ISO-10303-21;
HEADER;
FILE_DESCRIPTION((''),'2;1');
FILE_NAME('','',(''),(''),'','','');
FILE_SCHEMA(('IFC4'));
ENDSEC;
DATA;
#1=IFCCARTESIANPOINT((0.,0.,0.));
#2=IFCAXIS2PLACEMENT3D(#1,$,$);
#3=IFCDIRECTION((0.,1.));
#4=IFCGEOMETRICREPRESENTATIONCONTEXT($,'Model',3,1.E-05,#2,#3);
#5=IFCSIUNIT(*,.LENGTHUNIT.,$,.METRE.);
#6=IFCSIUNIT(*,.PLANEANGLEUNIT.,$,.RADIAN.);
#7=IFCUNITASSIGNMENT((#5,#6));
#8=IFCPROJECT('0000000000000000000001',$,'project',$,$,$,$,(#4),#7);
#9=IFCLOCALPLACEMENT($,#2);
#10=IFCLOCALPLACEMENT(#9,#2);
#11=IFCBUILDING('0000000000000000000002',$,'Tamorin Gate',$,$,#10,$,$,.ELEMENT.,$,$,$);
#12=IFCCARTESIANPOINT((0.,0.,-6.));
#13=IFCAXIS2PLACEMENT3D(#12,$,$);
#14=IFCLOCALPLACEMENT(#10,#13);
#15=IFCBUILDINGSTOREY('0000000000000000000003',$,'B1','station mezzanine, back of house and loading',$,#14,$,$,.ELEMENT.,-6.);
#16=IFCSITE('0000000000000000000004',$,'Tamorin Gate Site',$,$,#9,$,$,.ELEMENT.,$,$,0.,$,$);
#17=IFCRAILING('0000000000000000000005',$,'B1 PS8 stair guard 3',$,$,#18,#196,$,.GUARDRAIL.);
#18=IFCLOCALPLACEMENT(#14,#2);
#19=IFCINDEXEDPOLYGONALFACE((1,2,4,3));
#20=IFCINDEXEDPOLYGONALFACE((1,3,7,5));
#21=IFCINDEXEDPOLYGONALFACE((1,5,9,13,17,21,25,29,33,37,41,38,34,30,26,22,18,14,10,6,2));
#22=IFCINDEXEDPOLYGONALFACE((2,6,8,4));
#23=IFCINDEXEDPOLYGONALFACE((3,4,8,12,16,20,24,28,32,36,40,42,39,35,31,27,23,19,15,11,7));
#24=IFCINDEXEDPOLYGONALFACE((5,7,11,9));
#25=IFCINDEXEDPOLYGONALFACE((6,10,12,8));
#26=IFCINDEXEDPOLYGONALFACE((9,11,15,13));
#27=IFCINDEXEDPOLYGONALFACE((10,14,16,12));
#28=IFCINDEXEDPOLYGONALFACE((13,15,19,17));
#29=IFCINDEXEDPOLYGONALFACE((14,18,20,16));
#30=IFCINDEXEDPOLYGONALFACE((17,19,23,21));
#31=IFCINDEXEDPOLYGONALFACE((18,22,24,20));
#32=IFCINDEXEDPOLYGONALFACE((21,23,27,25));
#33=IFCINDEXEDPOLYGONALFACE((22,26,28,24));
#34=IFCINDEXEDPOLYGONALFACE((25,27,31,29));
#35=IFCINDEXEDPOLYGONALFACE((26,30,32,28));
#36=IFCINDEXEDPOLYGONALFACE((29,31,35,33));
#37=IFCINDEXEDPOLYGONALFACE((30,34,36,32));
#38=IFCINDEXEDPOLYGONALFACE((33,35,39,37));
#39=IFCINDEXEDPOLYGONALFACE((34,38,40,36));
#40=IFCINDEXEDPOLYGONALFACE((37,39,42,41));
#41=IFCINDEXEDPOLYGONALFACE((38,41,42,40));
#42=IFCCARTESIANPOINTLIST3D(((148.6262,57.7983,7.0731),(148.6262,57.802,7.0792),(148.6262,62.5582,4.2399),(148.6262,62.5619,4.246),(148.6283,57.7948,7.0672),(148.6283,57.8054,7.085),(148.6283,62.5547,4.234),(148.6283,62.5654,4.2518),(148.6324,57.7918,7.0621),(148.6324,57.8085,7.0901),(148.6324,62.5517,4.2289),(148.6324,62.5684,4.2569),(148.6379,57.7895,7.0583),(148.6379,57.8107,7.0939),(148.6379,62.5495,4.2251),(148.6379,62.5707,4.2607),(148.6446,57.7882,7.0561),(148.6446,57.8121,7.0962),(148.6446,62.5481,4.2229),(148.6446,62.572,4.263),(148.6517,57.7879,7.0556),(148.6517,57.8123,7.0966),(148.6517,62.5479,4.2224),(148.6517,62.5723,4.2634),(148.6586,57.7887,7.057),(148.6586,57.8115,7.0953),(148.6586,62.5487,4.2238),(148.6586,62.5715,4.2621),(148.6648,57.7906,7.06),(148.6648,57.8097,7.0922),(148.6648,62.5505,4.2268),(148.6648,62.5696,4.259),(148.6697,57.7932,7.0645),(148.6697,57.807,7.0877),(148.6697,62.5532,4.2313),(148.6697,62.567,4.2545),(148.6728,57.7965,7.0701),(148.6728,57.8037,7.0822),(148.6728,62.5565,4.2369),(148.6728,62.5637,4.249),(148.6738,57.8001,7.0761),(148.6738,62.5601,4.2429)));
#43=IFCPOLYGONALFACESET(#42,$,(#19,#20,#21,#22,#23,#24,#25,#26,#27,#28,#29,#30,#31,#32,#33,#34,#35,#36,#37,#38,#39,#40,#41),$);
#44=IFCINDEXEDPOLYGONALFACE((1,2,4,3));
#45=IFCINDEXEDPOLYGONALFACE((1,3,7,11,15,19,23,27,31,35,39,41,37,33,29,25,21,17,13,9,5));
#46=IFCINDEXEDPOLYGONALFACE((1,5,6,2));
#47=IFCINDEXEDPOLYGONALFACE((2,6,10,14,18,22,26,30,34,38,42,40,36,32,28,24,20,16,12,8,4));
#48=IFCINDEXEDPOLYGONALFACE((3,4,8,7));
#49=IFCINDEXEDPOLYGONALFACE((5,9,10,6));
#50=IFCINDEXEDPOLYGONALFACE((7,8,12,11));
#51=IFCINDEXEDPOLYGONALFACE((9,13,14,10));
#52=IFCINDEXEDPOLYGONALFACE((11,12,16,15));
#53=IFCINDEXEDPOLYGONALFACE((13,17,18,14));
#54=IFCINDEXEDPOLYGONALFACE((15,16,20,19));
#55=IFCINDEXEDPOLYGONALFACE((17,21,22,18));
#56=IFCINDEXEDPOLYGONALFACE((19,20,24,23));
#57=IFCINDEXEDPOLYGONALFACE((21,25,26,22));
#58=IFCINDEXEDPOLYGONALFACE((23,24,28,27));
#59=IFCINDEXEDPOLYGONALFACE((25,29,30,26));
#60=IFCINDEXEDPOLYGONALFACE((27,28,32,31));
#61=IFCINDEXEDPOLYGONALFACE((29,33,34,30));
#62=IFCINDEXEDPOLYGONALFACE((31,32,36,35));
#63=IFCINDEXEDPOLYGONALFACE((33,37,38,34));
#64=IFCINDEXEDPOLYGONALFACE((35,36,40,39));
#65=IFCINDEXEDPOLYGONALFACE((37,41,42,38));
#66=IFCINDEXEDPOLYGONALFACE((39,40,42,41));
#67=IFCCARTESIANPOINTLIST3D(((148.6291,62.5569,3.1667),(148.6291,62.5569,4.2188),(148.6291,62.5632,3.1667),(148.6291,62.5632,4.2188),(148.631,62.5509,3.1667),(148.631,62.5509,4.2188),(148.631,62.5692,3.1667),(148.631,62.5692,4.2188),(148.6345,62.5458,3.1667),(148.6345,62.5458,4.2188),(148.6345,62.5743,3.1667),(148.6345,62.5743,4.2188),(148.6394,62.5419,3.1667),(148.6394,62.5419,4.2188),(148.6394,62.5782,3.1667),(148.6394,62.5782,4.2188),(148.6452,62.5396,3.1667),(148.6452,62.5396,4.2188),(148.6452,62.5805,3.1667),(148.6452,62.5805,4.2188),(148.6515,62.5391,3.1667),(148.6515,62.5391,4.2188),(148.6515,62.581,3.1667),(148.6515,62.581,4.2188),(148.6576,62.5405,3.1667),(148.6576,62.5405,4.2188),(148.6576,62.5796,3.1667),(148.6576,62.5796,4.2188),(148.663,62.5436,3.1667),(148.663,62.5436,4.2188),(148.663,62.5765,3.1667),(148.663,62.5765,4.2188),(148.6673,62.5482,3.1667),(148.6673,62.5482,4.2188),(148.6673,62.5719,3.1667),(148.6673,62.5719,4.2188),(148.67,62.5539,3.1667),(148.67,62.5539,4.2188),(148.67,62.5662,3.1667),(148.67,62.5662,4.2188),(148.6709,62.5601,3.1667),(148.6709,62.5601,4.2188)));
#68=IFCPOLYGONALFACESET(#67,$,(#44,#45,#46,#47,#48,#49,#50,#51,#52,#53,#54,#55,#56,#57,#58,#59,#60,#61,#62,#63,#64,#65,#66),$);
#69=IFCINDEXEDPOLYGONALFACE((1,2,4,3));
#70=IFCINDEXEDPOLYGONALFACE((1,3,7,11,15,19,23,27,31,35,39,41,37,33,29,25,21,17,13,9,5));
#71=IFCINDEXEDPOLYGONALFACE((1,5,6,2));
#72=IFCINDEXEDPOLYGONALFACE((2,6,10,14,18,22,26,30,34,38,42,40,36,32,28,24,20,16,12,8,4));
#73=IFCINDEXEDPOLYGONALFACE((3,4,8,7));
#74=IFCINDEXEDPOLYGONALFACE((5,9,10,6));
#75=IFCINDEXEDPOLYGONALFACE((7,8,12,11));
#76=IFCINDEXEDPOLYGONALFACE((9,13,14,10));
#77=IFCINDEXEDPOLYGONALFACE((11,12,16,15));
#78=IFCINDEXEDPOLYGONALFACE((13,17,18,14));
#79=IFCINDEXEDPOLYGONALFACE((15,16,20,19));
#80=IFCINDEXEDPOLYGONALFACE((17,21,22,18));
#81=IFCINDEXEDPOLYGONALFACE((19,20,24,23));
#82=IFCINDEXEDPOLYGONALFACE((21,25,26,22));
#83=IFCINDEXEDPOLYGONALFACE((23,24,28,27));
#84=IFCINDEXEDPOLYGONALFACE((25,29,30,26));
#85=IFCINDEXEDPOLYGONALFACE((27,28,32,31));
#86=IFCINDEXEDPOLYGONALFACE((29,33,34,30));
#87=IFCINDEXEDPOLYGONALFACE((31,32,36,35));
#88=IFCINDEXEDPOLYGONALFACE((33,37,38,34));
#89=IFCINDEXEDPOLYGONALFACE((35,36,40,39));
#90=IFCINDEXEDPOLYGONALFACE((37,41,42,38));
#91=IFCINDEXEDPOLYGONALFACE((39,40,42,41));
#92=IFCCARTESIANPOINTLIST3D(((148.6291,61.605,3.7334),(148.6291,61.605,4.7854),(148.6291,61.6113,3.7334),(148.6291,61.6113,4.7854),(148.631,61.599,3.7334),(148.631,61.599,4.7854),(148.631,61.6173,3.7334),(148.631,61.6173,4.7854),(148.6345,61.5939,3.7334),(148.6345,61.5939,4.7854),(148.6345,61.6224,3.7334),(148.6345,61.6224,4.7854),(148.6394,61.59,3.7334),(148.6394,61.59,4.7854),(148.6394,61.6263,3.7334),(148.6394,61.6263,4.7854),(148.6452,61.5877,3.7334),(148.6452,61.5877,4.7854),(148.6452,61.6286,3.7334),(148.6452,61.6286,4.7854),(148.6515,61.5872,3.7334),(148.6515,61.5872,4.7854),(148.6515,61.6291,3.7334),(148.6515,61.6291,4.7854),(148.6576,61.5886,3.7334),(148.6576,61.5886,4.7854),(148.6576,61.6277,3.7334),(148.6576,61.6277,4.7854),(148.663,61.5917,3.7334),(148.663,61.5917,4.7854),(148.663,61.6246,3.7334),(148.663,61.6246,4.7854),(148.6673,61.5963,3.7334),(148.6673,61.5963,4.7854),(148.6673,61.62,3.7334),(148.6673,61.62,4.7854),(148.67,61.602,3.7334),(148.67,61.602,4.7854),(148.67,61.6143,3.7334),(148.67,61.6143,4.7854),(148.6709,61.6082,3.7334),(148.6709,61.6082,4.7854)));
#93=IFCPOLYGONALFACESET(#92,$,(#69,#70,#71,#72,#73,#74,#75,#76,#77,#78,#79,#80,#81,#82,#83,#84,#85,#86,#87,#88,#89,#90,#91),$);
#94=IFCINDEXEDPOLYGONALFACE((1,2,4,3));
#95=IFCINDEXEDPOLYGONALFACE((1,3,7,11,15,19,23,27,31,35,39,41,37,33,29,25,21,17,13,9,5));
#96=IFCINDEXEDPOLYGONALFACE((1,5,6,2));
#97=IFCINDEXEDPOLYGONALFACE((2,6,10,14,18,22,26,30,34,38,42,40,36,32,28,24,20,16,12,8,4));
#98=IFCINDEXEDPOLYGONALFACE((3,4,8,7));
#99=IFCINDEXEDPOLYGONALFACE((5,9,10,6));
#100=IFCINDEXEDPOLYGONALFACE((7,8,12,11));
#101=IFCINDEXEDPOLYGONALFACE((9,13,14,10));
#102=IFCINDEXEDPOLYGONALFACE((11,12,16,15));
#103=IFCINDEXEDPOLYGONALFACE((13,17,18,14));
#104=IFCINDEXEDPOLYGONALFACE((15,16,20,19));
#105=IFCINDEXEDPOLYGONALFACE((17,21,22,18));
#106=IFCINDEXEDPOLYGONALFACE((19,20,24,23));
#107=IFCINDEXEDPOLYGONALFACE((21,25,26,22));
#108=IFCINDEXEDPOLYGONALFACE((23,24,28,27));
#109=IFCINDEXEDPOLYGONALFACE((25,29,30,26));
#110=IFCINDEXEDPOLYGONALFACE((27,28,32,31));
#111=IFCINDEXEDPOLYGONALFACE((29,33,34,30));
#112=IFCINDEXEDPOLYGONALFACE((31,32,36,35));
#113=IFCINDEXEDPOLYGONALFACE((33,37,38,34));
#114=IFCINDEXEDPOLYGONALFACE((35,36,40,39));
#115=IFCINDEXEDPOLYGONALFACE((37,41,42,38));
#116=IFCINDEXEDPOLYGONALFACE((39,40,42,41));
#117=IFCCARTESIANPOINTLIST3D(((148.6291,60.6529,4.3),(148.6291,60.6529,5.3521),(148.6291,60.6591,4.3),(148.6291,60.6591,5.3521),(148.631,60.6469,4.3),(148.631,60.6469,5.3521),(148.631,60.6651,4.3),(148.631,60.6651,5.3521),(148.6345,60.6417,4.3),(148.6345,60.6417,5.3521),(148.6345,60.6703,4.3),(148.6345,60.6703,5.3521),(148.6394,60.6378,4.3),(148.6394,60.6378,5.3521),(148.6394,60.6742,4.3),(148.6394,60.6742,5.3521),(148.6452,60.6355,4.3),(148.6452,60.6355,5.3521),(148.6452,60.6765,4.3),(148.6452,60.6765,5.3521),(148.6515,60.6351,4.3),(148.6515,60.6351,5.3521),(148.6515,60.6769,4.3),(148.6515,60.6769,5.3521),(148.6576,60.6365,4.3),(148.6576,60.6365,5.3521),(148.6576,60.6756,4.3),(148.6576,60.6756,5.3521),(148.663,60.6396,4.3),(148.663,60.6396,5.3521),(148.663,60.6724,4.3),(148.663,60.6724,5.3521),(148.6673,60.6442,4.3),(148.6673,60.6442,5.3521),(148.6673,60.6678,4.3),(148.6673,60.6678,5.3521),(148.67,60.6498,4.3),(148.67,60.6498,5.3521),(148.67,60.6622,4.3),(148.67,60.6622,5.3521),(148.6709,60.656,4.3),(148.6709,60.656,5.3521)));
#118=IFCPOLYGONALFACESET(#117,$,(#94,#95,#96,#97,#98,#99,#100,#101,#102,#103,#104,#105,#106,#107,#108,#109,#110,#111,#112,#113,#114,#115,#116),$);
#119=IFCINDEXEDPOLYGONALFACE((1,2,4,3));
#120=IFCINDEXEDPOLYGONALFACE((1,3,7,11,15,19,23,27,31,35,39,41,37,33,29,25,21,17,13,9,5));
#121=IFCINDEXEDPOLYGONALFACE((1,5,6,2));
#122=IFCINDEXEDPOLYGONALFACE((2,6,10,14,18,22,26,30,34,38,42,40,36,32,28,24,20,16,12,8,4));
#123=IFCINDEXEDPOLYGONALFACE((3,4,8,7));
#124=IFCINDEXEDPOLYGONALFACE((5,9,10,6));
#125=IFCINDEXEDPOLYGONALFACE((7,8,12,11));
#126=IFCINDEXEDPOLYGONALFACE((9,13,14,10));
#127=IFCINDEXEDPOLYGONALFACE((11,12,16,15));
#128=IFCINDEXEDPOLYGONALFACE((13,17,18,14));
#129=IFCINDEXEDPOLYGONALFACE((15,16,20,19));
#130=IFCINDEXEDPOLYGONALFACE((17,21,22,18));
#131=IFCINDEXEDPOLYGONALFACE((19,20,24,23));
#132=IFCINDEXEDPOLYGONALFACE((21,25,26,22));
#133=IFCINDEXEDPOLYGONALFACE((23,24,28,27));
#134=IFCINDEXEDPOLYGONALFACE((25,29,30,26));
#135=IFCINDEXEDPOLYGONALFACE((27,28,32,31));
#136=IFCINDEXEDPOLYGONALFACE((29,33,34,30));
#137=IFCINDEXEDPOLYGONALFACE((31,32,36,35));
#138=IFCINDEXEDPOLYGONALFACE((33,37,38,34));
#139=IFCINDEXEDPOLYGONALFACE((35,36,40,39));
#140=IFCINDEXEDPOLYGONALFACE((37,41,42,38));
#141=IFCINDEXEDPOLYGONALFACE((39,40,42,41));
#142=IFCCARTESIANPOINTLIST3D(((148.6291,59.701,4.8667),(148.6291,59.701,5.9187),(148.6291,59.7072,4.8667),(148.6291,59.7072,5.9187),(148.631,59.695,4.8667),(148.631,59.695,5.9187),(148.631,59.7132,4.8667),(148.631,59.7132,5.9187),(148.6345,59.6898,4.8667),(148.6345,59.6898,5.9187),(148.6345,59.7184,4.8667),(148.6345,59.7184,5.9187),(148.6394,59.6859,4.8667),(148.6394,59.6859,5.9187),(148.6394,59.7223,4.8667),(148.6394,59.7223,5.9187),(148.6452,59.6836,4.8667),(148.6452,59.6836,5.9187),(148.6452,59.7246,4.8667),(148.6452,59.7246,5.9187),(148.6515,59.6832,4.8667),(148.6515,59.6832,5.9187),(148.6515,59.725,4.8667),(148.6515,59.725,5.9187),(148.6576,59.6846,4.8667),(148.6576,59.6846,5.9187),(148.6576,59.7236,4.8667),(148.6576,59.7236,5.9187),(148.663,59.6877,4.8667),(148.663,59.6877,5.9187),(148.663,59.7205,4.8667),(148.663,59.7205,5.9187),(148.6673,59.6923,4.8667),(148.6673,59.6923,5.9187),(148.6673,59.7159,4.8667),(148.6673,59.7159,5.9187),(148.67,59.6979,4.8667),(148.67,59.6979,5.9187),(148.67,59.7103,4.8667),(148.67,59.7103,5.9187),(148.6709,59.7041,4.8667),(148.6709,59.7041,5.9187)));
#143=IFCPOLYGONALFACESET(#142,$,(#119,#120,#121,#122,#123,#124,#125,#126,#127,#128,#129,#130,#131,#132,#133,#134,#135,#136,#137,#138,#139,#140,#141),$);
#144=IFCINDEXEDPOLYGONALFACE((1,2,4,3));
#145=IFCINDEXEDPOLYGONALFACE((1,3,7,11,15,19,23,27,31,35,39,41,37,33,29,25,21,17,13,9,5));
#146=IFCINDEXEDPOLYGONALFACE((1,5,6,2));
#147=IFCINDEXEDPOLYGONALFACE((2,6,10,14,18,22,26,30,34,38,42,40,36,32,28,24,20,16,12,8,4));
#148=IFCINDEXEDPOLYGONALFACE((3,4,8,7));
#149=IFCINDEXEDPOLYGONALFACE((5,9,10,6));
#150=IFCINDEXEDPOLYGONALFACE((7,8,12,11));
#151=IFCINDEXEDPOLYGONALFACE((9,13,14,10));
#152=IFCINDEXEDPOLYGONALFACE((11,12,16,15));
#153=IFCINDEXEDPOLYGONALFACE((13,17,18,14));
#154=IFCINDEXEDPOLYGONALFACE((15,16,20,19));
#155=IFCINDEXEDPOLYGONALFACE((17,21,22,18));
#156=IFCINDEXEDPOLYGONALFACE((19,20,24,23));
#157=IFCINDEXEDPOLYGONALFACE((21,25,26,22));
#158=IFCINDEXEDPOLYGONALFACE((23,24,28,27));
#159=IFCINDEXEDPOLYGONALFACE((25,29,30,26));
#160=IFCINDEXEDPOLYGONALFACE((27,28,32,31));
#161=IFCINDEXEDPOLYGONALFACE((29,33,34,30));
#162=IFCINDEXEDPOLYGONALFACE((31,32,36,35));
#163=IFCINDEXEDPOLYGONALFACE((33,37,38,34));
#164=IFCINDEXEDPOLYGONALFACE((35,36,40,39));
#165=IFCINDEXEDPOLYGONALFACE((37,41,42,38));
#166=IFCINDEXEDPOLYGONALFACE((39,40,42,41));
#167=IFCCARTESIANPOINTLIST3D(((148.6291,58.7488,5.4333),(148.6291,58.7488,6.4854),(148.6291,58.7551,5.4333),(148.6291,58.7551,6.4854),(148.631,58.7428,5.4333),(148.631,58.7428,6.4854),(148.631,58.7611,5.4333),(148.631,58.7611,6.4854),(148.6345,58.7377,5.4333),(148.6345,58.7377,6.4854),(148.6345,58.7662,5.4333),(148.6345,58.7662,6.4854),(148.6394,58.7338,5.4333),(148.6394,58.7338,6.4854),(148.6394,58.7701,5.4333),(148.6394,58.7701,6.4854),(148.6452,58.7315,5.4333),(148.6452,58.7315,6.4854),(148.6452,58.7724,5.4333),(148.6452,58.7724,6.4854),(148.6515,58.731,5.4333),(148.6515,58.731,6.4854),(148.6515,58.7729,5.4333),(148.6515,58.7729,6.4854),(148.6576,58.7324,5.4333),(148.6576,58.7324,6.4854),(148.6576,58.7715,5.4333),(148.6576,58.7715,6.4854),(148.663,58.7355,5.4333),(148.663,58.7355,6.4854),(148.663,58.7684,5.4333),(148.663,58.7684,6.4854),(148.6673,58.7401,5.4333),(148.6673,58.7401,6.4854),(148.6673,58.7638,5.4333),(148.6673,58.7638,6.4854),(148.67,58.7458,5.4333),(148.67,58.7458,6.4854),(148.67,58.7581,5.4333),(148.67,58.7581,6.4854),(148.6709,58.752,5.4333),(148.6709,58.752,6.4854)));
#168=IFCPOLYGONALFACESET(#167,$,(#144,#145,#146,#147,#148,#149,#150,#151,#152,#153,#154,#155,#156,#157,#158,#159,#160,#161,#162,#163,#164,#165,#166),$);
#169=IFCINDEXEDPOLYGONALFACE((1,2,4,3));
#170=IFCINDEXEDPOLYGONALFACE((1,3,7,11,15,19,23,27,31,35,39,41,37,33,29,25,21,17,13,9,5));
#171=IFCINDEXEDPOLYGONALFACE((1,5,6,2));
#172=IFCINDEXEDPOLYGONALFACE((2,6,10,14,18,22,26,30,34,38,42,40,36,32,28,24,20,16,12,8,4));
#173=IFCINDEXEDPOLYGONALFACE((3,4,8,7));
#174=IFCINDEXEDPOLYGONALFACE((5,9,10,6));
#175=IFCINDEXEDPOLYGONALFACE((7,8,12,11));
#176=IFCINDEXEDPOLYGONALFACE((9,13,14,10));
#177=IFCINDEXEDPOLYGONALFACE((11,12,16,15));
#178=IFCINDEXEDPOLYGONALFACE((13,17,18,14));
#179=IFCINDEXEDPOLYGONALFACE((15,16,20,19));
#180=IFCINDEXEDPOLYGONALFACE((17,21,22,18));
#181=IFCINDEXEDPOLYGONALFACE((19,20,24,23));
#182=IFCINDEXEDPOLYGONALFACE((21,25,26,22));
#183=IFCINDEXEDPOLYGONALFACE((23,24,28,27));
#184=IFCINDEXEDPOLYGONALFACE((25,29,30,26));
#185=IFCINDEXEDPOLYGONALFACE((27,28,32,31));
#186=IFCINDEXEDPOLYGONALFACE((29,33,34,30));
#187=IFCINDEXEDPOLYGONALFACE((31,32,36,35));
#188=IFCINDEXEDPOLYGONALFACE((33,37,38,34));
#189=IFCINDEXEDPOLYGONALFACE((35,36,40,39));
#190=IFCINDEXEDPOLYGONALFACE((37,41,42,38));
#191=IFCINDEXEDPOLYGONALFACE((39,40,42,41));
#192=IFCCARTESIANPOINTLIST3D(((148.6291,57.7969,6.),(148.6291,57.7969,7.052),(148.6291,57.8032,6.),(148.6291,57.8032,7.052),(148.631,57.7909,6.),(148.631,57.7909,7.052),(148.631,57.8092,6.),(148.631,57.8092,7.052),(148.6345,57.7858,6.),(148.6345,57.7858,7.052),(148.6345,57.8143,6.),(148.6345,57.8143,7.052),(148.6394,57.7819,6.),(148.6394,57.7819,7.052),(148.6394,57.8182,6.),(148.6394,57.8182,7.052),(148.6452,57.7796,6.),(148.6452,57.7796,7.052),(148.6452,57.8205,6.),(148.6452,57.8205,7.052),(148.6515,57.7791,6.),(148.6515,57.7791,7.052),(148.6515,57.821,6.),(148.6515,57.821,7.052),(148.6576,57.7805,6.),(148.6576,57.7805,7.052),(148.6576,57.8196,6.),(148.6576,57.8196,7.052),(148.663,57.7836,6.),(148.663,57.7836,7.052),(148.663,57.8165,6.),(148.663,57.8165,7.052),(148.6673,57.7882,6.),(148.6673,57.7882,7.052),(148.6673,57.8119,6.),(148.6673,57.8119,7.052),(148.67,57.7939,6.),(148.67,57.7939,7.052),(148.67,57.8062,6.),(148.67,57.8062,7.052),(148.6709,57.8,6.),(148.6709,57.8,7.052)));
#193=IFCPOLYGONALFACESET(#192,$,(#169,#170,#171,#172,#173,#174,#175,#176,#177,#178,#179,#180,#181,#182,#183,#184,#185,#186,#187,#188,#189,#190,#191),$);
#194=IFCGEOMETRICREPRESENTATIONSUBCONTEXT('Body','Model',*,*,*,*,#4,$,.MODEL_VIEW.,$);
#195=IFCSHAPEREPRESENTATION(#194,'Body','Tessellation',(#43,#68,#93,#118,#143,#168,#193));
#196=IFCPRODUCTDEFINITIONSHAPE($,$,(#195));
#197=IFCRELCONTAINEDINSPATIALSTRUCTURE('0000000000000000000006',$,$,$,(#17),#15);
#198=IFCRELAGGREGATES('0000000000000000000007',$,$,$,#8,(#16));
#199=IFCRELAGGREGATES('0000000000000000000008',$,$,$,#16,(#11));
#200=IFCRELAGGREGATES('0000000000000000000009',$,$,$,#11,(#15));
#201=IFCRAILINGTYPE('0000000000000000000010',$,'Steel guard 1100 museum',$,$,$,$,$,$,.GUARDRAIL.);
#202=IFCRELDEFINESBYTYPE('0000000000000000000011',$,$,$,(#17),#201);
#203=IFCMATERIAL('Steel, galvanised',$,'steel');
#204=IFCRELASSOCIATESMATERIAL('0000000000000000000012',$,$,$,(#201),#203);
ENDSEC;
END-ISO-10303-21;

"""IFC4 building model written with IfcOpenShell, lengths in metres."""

from ifc_helpers import new_model, si_unit, direction, frame, origin, origin_2d, place, context, subcontext, project, spatial, circle, extrude, material, type_object, element, save


model = new_model("IFC4")

# Units and contexts
model_context = context("Model", 3, precision=1e-05, world=origin(), true_north=direction((0.0, 1.0)))
body_context = subcontext(model_context, "Body", "Model", "MODEL_VIEW")
ifc_project = project(units=[si_unit("LENGTHUNIT", "METRE"), si_unit("PLANEANGLEUNIT", "RADIAN")], contexts=[model_context])

# Site, building, storey
site_placement = place(None, origin())
site = spatial("IfcSite", under=ifc_project, at=site_placement, Name="Tamorin Gate Site", CompositionType="ELEMENT", RefElevation=0.0)
building_placement = place(site_placement, origin())
building = spatial("IfcBuilding", under=site, at=building_placement, Name="Tamorin Gate", CompositionType="ELEMENT")
storey_placement = place(building_placement, frame((0.0, 0.0, -6.0)))
storey = spatial("IfcBuildingStorey", under=building, at=storey_placement, Name="B1", Description="station mezzanine, back of house and loading", CompositionType="ELEMENT", Elevation=-6.0)

# Railing
ifc_material_1 = material(Name="Steel, galvanised", Category="steel")
railing_type_1 = type_object("IfcRailingType", Name="Steel guard 1100 museum", PredefinedType="GUARDRAIL", material=ifc_material_1)
railing_1_placement = place(storey_placement, frame((148.6499, 62.5601, 3.1667)))
element("IfcRailing", 1, at=railing_1_placement, inside=storey, type_object=railing_type_1, Name="B1 PS8 stair guard 3", PredefinedType="GUARDRAIL", context=body_context, shape_type="SweptSolid", body=[
    extrude(circle(Radius=0.0239, at=origin_2d()), frame((0.0, 0.0, 1.0762), z_axis=(0.0, -0.8593, 0.511472), x_axis=(1.0, 0.0, 0.0)), (0.0, 0.0, 1.0), 5.5393),
    extrude(circle(Radius=0.021, at=origin_2d()), origin(), (0.0, 0.0, 1.0), 1.052),
    extrude(circle(Radius=0.021, at=origin_2d()), frame((0.0, -0.9519, 0.5667)), (0.0, 0.0, 1.0), 1.052),
    extrude(circle(Radius=0.021, at=origin_2d()), frame((0.0, -1.9041, 1.1333)), (0.0, 0.0, 1.0), 1.052),
    extrude(circle(Radius=0.021, at=origin_2d()), frame((0.0, -2.856, 1.7)), (0.0, 0.0, 1.0), 1.052),
    extrude(circle(Radius=0.021, at=origin_2d()), frame((0.0, -3.8081, 2.2666)), (0.0, 0.0, 1.0), 1.052),
    extrude(circle(Radius=0.021, at=origin_2d()), frame((0.0, -4.76, 2.8333)), (0.0, 0.0, 1.0), 1.052),
])

save(model, "model.ifc")
